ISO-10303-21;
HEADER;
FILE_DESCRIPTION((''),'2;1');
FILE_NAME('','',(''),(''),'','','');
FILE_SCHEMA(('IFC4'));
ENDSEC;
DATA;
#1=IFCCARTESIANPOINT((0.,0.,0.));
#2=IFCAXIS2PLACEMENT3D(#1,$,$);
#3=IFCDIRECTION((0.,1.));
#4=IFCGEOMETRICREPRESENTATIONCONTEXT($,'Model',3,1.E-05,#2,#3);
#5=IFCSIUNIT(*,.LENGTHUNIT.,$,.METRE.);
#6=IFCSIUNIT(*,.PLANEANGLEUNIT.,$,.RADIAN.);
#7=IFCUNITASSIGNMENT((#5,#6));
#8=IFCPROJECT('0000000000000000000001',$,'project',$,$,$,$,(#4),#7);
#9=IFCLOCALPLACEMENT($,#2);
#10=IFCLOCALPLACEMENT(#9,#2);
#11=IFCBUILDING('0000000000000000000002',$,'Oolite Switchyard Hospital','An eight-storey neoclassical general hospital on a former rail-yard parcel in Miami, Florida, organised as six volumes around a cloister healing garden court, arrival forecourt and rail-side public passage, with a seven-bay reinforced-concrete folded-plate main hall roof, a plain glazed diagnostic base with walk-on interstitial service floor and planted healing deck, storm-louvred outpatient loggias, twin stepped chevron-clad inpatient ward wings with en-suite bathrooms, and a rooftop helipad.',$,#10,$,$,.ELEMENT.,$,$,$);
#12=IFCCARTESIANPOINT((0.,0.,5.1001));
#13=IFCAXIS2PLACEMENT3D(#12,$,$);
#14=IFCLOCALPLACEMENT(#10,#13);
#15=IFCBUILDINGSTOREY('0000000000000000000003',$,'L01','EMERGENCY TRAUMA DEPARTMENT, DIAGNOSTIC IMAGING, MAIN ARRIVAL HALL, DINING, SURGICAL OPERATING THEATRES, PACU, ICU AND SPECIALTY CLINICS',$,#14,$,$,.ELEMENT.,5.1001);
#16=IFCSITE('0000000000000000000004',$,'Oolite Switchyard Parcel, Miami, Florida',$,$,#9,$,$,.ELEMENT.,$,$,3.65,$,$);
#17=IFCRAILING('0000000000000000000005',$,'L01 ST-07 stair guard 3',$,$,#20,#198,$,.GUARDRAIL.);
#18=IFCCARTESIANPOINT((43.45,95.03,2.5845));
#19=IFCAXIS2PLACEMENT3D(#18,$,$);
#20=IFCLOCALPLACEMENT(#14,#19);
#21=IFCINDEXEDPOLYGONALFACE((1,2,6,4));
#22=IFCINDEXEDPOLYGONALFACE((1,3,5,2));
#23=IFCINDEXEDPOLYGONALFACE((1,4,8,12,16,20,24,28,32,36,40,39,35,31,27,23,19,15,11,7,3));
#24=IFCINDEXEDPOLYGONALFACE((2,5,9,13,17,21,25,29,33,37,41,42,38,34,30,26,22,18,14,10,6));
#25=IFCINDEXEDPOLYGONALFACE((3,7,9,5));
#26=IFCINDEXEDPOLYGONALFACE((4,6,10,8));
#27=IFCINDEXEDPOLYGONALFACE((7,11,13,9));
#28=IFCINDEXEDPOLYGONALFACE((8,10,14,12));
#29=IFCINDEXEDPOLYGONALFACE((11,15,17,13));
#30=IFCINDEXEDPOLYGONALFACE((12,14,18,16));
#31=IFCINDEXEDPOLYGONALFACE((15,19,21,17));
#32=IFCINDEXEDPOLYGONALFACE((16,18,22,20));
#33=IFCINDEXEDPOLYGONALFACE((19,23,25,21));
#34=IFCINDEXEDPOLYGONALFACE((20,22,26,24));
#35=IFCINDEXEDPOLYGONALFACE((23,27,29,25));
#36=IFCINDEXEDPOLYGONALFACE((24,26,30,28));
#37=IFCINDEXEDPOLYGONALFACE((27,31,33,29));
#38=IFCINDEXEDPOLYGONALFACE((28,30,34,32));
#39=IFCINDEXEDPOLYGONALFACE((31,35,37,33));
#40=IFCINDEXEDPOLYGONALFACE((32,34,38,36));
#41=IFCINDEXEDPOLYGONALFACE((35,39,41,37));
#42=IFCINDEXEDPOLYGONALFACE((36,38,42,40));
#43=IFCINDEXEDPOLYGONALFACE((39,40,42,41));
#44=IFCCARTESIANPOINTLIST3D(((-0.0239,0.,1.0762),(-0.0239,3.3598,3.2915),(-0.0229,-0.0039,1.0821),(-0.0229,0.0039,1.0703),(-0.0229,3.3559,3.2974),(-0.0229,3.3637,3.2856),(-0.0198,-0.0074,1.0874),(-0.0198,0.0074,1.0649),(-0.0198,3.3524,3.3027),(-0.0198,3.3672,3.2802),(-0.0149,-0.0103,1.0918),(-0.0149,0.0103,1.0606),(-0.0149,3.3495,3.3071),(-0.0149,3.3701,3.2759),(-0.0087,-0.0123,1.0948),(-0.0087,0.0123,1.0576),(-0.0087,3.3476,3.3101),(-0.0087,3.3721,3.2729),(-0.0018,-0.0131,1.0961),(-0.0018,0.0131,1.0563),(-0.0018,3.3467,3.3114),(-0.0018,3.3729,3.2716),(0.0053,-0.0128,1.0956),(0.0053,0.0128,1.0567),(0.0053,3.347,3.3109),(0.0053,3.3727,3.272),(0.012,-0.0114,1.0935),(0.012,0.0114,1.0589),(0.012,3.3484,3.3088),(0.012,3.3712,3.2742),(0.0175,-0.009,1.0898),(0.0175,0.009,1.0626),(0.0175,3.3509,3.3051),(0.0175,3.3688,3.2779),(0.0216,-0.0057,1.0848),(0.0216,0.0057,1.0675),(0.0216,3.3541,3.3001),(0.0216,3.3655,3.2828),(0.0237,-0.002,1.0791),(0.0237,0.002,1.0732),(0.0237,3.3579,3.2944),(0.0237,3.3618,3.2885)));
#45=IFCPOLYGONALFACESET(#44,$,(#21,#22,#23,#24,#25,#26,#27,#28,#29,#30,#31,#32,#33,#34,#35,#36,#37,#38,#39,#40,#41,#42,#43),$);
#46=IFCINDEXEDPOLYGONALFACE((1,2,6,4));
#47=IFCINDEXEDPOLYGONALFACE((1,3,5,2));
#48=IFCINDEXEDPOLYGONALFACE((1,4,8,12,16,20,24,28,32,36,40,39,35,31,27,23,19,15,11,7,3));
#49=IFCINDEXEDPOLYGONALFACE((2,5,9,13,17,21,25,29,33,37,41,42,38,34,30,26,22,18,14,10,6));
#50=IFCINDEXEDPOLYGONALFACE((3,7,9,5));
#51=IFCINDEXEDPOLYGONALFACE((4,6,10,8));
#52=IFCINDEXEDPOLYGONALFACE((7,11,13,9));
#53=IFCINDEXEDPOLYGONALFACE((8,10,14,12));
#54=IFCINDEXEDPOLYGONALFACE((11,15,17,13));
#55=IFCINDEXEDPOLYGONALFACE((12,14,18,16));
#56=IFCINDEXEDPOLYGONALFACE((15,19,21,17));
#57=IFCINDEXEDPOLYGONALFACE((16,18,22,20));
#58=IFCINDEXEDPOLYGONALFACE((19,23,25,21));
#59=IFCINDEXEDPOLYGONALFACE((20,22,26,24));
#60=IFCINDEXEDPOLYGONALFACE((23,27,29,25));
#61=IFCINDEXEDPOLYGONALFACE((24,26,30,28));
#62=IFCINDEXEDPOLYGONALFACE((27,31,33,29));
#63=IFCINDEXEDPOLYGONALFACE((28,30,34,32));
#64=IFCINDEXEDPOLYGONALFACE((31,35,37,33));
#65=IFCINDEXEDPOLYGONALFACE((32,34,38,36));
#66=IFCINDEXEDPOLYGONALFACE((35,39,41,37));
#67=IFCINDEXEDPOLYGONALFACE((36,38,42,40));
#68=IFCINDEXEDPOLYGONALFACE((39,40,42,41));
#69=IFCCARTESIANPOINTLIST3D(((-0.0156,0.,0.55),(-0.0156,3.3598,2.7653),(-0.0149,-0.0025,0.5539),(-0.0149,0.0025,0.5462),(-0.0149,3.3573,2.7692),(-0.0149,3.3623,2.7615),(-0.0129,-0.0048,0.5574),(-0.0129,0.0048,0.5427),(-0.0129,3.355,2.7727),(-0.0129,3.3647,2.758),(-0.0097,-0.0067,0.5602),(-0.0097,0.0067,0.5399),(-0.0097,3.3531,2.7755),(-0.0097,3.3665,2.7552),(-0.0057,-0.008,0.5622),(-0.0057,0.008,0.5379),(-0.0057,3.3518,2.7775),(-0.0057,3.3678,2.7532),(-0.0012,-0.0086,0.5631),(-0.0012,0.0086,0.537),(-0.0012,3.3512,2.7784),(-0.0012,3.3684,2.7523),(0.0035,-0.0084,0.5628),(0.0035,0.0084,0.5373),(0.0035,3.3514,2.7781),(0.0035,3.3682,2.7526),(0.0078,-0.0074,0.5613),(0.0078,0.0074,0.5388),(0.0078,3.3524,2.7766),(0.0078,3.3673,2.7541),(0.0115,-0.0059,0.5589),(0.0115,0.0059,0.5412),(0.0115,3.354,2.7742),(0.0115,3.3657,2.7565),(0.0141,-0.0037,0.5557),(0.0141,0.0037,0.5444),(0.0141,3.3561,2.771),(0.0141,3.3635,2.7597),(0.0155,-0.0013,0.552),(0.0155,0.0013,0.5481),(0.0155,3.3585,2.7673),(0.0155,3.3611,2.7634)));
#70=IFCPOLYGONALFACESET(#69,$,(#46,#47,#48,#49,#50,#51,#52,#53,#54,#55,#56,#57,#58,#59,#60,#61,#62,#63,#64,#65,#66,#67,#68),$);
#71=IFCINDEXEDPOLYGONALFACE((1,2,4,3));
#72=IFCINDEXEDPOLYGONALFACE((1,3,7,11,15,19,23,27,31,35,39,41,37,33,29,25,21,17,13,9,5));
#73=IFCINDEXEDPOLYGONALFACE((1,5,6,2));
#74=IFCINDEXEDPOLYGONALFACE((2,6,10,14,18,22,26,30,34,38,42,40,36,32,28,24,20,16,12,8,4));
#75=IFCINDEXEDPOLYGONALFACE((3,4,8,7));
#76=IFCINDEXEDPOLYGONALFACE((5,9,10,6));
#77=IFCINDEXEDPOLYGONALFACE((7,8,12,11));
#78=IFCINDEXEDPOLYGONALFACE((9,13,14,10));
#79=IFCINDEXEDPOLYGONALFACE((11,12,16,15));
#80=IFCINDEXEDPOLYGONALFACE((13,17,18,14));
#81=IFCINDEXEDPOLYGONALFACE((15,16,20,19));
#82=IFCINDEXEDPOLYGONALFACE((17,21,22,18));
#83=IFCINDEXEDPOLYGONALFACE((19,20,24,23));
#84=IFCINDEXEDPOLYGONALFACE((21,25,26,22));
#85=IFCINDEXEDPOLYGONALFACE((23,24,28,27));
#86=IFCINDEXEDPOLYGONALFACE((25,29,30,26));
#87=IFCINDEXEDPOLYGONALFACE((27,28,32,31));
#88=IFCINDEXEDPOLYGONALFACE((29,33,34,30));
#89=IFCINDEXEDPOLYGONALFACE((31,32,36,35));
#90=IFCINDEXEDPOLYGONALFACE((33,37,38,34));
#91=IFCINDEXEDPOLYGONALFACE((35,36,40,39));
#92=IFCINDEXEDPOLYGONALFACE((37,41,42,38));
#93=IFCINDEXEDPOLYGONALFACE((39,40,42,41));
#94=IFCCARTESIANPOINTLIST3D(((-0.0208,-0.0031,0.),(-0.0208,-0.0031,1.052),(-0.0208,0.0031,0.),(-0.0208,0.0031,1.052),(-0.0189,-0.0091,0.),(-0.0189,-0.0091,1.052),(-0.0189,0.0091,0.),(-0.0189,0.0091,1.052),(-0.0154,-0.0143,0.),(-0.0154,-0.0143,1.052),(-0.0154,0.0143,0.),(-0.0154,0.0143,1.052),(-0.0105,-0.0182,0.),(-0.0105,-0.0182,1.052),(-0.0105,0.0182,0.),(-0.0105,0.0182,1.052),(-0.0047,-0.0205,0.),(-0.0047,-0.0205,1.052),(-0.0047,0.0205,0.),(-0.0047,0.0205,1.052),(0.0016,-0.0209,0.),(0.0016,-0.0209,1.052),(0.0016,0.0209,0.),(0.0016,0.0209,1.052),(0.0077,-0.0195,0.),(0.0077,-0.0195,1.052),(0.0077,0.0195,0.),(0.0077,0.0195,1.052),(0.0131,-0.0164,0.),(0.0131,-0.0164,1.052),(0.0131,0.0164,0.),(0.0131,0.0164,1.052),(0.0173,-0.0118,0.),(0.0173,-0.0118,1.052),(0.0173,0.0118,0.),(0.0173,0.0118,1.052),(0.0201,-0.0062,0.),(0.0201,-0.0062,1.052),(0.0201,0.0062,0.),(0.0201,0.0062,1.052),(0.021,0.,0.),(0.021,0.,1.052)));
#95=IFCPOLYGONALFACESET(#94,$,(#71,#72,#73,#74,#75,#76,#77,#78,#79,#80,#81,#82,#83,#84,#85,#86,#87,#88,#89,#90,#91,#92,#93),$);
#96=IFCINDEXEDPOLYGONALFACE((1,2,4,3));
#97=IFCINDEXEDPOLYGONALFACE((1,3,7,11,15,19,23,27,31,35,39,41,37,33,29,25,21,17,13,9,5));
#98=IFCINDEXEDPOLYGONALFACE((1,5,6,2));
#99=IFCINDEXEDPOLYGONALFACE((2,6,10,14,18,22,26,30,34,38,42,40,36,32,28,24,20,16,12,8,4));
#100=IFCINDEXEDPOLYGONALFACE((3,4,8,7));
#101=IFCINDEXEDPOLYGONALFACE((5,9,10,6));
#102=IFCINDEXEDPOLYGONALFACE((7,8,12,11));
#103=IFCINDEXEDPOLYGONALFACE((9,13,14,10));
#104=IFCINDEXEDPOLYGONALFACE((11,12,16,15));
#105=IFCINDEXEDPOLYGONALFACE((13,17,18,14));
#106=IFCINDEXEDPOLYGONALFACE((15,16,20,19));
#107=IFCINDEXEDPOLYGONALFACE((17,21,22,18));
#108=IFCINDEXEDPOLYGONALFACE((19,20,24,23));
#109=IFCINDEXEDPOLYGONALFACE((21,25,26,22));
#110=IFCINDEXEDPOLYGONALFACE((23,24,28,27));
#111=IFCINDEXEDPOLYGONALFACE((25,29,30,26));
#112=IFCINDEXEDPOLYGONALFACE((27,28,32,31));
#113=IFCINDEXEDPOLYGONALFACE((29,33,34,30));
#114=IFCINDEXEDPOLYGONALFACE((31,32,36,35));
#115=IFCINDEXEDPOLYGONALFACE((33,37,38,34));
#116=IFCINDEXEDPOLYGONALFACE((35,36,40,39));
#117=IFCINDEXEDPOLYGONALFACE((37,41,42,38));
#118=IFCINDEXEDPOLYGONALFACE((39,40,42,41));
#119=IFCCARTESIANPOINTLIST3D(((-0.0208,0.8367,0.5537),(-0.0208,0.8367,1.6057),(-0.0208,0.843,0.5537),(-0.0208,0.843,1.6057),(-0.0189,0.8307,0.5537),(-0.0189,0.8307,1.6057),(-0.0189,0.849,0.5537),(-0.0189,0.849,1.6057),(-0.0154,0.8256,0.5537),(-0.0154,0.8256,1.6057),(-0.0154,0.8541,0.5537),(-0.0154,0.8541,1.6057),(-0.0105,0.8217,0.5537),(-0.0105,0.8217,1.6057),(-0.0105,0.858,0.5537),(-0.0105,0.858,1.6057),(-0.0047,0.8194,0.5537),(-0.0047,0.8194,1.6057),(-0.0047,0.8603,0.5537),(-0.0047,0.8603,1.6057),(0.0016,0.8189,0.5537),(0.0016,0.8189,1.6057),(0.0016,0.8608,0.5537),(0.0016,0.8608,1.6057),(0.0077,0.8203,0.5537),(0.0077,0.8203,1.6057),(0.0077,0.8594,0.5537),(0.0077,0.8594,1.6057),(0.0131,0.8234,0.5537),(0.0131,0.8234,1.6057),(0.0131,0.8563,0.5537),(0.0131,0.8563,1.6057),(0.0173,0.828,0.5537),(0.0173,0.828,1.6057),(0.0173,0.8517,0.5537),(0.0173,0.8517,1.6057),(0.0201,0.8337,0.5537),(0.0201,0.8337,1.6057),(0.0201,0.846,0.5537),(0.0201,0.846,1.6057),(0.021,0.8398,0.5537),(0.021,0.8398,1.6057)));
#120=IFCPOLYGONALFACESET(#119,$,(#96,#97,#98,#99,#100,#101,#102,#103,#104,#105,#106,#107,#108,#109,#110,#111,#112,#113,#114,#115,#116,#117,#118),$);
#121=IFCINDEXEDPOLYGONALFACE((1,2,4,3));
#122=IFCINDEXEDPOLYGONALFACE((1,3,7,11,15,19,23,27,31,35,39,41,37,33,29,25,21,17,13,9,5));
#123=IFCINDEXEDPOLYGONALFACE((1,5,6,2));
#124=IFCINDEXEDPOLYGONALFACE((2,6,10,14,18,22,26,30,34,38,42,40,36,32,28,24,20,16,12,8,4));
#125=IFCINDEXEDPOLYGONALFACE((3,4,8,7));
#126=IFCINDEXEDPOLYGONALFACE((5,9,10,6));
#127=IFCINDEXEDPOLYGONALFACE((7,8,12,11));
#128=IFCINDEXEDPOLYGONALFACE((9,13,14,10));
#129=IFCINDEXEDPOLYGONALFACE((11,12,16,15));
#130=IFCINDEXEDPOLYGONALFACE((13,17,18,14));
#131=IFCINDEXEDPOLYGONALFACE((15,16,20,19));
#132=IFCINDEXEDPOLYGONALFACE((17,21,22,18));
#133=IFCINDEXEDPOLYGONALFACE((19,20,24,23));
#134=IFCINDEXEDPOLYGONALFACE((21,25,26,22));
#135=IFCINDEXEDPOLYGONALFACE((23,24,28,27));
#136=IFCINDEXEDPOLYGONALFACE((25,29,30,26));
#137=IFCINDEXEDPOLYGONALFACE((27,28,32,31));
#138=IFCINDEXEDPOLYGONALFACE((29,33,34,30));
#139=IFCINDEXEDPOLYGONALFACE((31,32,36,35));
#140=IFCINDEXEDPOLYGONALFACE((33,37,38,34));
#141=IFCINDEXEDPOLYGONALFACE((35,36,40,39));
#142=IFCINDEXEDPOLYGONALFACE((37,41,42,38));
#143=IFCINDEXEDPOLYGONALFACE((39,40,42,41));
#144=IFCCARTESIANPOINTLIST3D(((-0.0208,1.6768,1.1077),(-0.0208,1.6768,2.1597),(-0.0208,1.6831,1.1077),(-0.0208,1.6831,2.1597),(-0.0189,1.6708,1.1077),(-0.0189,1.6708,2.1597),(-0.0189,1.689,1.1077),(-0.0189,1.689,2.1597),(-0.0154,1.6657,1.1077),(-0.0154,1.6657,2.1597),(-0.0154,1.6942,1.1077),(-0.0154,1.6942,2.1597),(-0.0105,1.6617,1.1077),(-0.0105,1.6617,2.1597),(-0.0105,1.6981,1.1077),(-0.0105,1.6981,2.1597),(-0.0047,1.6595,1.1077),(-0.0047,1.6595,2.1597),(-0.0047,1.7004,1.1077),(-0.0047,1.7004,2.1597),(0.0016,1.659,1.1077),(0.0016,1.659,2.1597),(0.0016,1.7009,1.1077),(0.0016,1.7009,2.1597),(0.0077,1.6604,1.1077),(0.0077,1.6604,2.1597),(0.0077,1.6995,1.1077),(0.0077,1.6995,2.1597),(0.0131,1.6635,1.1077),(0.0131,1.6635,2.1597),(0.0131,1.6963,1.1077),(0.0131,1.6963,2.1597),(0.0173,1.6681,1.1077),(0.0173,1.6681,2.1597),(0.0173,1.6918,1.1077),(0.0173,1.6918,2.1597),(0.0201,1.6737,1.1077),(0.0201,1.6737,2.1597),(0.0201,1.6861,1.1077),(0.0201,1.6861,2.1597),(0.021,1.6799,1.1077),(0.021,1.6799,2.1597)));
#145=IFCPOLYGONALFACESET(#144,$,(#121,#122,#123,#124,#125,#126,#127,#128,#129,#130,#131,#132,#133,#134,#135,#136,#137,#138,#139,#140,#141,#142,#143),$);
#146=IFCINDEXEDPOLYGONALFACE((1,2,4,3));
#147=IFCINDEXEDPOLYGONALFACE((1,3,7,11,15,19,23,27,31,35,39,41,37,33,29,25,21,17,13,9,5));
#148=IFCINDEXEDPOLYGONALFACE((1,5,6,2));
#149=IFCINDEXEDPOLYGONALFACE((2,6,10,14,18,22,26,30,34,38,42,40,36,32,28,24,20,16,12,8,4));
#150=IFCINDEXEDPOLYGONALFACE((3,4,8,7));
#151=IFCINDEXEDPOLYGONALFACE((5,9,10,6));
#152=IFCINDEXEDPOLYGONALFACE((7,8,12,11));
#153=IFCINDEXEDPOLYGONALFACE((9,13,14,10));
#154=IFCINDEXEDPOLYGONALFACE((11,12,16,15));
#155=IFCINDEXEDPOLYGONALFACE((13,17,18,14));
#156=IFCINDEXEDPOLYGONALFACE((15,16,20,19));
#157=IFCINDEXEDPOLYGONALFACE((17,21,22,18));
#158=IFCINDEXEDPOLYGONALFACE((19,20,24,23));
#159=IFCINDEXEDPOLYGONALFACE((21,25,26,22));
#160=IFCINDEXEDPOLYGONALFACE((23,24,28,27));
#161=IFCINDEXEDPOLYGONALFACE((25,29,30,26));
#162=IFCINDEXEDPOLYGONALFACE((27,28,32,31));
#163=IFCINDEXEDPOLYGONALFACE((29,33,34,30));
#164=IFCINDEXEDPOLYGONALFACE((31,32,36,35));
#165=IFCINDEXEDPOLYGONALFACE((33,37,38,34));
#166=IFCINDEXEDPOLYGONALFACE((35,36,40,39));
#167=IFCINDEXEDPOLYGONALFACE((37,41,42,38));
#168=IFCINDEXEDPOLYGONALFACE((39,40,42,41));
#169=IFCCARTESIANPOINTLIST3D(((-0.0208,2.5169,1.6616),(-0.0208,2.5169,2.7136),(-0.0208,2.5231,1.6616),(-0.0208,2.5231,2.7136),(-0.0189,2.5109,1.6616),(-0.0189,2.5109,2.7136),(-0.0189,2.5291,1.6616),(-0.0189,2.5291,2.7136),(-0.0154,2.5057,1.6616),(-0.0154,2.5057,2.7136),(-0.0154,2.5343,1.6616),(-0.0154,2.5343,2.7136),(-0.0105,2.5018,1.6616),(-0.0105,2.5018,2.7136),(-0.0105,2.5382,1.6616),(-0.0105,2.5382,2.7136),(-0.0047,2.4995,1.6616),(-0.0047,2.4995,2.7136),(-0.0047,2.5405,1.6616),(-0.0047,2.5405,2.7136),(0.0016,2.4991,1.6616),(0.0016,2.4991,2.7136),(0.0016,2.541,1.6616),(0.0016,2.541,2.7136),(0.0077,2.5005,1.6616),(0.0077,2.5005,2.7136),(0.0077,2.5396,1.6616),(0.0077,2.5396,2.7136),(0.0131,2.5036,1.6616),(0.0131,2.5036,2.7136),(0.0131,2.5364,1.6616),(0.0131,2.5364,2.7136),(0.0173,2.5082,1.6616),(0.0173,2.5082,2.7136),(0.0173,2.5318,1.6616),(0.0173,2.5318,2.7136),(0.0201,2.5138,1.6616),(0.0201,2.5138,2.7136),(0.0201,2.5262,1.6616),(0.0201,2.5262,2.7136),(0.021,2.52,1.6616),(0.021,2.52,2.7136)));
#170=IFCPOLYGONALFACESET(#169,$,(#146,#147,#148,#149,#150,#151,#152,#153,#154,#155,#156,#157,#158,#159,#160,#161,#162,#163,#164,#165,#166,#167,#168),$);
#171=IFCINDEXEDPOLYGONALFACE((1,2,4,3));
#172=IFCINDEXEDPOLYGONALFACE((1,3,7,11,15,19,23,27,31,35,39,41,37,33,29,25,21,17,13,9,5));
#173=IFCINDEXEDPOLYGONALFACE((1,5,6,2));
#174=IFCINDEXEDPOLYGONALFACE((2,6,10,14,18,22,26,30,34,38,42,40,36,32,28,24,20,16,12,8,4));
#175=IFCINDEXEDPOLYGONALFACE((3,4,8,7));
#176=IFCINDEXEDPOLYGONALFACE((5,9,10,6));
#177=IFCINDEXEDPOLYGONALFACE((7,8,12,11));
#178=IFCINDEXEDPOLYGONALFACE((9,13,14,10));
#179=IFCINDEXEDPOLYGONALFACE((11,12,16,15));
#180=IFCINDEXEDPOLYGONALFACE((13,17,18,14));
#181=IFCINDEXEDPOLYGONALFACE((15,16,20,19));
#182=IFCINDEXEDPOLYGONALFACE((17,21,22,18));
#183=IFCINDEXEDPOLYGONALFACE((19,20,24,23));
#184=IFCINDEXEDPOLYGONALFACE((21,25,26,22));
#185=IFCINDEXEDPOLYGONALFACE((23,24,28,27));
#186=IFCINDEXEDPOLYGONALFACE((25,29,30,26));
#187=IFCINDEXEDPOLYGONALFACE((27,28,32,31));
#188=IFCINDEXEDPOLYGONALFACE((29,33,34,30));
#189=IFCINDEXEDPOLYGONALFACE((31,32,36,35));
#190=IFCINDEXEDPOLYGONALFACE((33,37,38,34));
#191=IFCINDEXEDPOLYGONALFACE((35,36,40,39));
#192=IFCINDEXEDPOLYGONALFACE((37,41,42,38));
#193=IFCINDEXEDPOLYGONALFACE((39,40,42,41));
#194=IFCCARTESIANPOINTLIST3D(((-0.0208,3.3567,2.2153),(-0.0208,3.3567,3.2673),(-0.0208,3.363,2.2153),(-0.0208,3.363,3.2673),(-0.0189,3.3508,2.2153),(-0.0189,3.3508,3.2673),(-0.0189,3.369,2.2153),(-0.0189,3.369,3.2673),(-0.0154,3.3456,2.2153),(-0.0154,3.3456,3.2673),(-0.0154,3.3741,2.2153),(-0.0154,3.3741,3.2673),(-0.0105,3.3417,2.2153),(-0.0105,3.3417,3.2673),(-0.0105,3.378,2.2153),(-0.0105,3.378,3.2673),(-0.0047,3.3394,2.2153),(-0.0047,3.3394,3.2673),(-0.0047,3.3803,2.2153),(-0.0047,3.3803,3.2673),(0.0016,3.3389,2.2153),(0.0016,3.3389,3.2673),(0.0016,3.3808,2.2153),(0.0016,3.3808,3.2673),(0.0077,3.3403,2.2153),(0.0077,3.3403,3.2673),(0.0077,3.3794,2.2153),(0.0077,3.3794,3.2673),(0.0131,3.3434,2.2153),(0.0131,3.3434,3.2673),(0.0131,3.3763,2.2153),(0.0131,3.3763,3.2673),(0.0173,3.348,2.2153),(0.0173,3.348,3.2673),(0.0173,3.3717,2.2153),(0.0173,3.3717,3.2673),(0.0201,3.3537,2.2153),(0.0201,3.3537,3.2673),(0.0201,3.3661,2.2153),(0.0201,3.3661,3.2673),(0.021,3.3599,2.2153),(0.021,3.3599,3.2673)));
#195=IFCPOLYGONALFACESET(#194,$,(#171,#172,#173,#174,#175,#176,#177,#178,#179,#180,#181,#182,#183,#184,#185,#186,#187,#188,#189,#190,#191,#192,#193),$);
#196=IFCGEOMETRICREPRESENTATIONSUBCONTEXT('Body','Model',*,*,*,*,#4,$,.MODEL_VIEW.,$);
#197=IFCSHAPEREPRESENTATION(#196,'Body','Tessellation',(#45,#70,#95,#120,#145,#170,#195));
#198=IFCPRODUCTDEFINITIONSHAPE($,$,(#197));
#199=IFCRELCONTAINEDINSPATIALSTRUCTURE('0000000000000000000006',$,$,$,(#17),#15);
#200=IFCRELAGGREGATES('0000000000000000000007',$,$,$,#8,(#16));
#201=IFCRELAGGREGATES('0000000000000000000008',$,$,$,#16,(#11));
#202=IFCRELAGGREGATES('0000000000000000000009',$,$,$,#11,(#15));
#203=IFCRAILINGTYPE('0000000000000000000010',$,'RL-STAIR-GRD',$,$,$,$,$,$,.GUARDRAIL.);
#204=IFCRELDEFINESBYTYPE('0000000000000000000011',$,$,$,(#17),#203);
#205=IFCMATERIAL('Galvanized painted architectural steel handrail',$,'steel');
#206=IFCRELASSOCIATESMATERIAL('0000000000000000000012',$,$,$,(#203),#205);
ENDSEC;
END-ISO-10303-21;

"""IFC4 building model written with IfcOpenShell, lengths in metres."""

from ifc_helpers import new_model, si_unit, direction, frame, origin, origin_2d, place, context, subcontext, project, spatial, circle, extrude, material, type_object, element, save


model = new_model("IFC4")

# Units and contexts
model_context = context("Model", 3, precision=1e-05, world=origin(), true_north=direction((0.0, 1.0)))
body_context = subcontext(model_context, "Body", "Model", "MODEL_VIEW")
ifc_project = project(units=[si_unit("LENGTHUNIT", "METRE"), si_unit("PLANEANGLEUNIT", "RADIAN")], contexts=[model_context])

# Site, building, storey
site_placement = place(None, origin())
site = spatial("IfcSite", under=ifc_project, at=site_placement, Name="Oolite Switchyard Parcel, Miami, Florida", CompositionType="ELEMENT", RefElevation=3.65)
building_placement = place(site_placement, origin())
building = spatial("IfcBuilding", under=site, at=building_placement, Name="Oolite Switchyard Hospital", Description="An eight-storey neoclassical general hospital on a former rail-yard parcel in Miami, Florida, organised as six volumes around a cloister healing garden court, arrival forecourt and rail-side public passage, with a seven-bay reinforced-concrete folded-plate main hall roof, a plain glazed diagnostic base with walk-on interstitial service floor and planted healing deck, storm-louvred outpatient loggias, twin stepped chevron-clad inpatient ward wings with en-suite bathrooms, and a rooftop helipad.", CompositionType="ELEMENT")
storey_placement = place(building_placement, frame((0.0, 0.0, 5.1001)))
storey = spatial("IfcBuildingStorey", under=building, at=storey_placement, Name="L01", Description="EMERGENCY TRAUMA DEPARTMENT, DIAGNOSTIC IMAGING, MAIN ARRIVAL HALL, DINING, SURGICAL OPERATING THEATRES, PACU, ICU AND SPECIALTY CLINICS", CompositionType="ELEMENT", Elevation=5.1001)

# Railing
ifc_material_1 = material(Name="Galvanized painted architectural steel handrail", Category="steel")
railing_type_1 = type_object("IfcRailingType", Name="RL-STAIR-GRD", PredefinedType="GUARDRAIL", material=ifc_material_1)
railing_1_placement = place(storey_placement, frame((43.45, 95.03, 2.5845)))
element("IfcRailing", 1, at=railing_1_placement, inside=storey, type_object=railing_type_1, Name="L01 ST-07 stair guard 3", PredefinedType="GUARDRAIL", context=body_context, shape_type="SweptSolid", body=[
    extrude(circle(Radius=0.0239, at=origin_2d()), frame((0.0, 0.0, 1.0762), z_axis=(0.0, 0.834858, 0.550465), x_axis=(-1.0, 0.0, 0.0)), (0.0, 0.0, 1.0), 4.0244),
    extrude(circle(Radius=0.0156, at=origin_2d()), frame((0.0, 0.0, 0.55), z_axis=(0.0, 0.834858, 0.550465), x_axis=(-1.0, 0.0, 0.0)), (0.0, 0.0, 1.0), 4.0244),
    extrude(circle(Radius=0.021, at=origin_2d()), origin(), (0.0, 0.0, 1.0), 1.052),
    extrude(circle(Radius=0.021, at=origin_2d()), frame((0.0, 0.8398, 0.5537)), (0.0, 0.0, 1.0), 1.052),
    extrude(circle(Radius=0.021, at=origin_2d()), frame((0.0, 1.6799, 1.1077)), (0.0, 0.0, 1.0), 1.052),
    extrude(circle(Radius=0.021, at=origin_2d()), frame((0.0, 2.52, 1.6616)), (0.0, 0.0, 1.0), 1.052),
    extrude(circle(Radius=0.021, at=origin_2d()), frame((0.0, 3.3599, 2.2153)), (0.0, 0.0, 1.0), 1.052),
])

save(model, "model.ifc")
